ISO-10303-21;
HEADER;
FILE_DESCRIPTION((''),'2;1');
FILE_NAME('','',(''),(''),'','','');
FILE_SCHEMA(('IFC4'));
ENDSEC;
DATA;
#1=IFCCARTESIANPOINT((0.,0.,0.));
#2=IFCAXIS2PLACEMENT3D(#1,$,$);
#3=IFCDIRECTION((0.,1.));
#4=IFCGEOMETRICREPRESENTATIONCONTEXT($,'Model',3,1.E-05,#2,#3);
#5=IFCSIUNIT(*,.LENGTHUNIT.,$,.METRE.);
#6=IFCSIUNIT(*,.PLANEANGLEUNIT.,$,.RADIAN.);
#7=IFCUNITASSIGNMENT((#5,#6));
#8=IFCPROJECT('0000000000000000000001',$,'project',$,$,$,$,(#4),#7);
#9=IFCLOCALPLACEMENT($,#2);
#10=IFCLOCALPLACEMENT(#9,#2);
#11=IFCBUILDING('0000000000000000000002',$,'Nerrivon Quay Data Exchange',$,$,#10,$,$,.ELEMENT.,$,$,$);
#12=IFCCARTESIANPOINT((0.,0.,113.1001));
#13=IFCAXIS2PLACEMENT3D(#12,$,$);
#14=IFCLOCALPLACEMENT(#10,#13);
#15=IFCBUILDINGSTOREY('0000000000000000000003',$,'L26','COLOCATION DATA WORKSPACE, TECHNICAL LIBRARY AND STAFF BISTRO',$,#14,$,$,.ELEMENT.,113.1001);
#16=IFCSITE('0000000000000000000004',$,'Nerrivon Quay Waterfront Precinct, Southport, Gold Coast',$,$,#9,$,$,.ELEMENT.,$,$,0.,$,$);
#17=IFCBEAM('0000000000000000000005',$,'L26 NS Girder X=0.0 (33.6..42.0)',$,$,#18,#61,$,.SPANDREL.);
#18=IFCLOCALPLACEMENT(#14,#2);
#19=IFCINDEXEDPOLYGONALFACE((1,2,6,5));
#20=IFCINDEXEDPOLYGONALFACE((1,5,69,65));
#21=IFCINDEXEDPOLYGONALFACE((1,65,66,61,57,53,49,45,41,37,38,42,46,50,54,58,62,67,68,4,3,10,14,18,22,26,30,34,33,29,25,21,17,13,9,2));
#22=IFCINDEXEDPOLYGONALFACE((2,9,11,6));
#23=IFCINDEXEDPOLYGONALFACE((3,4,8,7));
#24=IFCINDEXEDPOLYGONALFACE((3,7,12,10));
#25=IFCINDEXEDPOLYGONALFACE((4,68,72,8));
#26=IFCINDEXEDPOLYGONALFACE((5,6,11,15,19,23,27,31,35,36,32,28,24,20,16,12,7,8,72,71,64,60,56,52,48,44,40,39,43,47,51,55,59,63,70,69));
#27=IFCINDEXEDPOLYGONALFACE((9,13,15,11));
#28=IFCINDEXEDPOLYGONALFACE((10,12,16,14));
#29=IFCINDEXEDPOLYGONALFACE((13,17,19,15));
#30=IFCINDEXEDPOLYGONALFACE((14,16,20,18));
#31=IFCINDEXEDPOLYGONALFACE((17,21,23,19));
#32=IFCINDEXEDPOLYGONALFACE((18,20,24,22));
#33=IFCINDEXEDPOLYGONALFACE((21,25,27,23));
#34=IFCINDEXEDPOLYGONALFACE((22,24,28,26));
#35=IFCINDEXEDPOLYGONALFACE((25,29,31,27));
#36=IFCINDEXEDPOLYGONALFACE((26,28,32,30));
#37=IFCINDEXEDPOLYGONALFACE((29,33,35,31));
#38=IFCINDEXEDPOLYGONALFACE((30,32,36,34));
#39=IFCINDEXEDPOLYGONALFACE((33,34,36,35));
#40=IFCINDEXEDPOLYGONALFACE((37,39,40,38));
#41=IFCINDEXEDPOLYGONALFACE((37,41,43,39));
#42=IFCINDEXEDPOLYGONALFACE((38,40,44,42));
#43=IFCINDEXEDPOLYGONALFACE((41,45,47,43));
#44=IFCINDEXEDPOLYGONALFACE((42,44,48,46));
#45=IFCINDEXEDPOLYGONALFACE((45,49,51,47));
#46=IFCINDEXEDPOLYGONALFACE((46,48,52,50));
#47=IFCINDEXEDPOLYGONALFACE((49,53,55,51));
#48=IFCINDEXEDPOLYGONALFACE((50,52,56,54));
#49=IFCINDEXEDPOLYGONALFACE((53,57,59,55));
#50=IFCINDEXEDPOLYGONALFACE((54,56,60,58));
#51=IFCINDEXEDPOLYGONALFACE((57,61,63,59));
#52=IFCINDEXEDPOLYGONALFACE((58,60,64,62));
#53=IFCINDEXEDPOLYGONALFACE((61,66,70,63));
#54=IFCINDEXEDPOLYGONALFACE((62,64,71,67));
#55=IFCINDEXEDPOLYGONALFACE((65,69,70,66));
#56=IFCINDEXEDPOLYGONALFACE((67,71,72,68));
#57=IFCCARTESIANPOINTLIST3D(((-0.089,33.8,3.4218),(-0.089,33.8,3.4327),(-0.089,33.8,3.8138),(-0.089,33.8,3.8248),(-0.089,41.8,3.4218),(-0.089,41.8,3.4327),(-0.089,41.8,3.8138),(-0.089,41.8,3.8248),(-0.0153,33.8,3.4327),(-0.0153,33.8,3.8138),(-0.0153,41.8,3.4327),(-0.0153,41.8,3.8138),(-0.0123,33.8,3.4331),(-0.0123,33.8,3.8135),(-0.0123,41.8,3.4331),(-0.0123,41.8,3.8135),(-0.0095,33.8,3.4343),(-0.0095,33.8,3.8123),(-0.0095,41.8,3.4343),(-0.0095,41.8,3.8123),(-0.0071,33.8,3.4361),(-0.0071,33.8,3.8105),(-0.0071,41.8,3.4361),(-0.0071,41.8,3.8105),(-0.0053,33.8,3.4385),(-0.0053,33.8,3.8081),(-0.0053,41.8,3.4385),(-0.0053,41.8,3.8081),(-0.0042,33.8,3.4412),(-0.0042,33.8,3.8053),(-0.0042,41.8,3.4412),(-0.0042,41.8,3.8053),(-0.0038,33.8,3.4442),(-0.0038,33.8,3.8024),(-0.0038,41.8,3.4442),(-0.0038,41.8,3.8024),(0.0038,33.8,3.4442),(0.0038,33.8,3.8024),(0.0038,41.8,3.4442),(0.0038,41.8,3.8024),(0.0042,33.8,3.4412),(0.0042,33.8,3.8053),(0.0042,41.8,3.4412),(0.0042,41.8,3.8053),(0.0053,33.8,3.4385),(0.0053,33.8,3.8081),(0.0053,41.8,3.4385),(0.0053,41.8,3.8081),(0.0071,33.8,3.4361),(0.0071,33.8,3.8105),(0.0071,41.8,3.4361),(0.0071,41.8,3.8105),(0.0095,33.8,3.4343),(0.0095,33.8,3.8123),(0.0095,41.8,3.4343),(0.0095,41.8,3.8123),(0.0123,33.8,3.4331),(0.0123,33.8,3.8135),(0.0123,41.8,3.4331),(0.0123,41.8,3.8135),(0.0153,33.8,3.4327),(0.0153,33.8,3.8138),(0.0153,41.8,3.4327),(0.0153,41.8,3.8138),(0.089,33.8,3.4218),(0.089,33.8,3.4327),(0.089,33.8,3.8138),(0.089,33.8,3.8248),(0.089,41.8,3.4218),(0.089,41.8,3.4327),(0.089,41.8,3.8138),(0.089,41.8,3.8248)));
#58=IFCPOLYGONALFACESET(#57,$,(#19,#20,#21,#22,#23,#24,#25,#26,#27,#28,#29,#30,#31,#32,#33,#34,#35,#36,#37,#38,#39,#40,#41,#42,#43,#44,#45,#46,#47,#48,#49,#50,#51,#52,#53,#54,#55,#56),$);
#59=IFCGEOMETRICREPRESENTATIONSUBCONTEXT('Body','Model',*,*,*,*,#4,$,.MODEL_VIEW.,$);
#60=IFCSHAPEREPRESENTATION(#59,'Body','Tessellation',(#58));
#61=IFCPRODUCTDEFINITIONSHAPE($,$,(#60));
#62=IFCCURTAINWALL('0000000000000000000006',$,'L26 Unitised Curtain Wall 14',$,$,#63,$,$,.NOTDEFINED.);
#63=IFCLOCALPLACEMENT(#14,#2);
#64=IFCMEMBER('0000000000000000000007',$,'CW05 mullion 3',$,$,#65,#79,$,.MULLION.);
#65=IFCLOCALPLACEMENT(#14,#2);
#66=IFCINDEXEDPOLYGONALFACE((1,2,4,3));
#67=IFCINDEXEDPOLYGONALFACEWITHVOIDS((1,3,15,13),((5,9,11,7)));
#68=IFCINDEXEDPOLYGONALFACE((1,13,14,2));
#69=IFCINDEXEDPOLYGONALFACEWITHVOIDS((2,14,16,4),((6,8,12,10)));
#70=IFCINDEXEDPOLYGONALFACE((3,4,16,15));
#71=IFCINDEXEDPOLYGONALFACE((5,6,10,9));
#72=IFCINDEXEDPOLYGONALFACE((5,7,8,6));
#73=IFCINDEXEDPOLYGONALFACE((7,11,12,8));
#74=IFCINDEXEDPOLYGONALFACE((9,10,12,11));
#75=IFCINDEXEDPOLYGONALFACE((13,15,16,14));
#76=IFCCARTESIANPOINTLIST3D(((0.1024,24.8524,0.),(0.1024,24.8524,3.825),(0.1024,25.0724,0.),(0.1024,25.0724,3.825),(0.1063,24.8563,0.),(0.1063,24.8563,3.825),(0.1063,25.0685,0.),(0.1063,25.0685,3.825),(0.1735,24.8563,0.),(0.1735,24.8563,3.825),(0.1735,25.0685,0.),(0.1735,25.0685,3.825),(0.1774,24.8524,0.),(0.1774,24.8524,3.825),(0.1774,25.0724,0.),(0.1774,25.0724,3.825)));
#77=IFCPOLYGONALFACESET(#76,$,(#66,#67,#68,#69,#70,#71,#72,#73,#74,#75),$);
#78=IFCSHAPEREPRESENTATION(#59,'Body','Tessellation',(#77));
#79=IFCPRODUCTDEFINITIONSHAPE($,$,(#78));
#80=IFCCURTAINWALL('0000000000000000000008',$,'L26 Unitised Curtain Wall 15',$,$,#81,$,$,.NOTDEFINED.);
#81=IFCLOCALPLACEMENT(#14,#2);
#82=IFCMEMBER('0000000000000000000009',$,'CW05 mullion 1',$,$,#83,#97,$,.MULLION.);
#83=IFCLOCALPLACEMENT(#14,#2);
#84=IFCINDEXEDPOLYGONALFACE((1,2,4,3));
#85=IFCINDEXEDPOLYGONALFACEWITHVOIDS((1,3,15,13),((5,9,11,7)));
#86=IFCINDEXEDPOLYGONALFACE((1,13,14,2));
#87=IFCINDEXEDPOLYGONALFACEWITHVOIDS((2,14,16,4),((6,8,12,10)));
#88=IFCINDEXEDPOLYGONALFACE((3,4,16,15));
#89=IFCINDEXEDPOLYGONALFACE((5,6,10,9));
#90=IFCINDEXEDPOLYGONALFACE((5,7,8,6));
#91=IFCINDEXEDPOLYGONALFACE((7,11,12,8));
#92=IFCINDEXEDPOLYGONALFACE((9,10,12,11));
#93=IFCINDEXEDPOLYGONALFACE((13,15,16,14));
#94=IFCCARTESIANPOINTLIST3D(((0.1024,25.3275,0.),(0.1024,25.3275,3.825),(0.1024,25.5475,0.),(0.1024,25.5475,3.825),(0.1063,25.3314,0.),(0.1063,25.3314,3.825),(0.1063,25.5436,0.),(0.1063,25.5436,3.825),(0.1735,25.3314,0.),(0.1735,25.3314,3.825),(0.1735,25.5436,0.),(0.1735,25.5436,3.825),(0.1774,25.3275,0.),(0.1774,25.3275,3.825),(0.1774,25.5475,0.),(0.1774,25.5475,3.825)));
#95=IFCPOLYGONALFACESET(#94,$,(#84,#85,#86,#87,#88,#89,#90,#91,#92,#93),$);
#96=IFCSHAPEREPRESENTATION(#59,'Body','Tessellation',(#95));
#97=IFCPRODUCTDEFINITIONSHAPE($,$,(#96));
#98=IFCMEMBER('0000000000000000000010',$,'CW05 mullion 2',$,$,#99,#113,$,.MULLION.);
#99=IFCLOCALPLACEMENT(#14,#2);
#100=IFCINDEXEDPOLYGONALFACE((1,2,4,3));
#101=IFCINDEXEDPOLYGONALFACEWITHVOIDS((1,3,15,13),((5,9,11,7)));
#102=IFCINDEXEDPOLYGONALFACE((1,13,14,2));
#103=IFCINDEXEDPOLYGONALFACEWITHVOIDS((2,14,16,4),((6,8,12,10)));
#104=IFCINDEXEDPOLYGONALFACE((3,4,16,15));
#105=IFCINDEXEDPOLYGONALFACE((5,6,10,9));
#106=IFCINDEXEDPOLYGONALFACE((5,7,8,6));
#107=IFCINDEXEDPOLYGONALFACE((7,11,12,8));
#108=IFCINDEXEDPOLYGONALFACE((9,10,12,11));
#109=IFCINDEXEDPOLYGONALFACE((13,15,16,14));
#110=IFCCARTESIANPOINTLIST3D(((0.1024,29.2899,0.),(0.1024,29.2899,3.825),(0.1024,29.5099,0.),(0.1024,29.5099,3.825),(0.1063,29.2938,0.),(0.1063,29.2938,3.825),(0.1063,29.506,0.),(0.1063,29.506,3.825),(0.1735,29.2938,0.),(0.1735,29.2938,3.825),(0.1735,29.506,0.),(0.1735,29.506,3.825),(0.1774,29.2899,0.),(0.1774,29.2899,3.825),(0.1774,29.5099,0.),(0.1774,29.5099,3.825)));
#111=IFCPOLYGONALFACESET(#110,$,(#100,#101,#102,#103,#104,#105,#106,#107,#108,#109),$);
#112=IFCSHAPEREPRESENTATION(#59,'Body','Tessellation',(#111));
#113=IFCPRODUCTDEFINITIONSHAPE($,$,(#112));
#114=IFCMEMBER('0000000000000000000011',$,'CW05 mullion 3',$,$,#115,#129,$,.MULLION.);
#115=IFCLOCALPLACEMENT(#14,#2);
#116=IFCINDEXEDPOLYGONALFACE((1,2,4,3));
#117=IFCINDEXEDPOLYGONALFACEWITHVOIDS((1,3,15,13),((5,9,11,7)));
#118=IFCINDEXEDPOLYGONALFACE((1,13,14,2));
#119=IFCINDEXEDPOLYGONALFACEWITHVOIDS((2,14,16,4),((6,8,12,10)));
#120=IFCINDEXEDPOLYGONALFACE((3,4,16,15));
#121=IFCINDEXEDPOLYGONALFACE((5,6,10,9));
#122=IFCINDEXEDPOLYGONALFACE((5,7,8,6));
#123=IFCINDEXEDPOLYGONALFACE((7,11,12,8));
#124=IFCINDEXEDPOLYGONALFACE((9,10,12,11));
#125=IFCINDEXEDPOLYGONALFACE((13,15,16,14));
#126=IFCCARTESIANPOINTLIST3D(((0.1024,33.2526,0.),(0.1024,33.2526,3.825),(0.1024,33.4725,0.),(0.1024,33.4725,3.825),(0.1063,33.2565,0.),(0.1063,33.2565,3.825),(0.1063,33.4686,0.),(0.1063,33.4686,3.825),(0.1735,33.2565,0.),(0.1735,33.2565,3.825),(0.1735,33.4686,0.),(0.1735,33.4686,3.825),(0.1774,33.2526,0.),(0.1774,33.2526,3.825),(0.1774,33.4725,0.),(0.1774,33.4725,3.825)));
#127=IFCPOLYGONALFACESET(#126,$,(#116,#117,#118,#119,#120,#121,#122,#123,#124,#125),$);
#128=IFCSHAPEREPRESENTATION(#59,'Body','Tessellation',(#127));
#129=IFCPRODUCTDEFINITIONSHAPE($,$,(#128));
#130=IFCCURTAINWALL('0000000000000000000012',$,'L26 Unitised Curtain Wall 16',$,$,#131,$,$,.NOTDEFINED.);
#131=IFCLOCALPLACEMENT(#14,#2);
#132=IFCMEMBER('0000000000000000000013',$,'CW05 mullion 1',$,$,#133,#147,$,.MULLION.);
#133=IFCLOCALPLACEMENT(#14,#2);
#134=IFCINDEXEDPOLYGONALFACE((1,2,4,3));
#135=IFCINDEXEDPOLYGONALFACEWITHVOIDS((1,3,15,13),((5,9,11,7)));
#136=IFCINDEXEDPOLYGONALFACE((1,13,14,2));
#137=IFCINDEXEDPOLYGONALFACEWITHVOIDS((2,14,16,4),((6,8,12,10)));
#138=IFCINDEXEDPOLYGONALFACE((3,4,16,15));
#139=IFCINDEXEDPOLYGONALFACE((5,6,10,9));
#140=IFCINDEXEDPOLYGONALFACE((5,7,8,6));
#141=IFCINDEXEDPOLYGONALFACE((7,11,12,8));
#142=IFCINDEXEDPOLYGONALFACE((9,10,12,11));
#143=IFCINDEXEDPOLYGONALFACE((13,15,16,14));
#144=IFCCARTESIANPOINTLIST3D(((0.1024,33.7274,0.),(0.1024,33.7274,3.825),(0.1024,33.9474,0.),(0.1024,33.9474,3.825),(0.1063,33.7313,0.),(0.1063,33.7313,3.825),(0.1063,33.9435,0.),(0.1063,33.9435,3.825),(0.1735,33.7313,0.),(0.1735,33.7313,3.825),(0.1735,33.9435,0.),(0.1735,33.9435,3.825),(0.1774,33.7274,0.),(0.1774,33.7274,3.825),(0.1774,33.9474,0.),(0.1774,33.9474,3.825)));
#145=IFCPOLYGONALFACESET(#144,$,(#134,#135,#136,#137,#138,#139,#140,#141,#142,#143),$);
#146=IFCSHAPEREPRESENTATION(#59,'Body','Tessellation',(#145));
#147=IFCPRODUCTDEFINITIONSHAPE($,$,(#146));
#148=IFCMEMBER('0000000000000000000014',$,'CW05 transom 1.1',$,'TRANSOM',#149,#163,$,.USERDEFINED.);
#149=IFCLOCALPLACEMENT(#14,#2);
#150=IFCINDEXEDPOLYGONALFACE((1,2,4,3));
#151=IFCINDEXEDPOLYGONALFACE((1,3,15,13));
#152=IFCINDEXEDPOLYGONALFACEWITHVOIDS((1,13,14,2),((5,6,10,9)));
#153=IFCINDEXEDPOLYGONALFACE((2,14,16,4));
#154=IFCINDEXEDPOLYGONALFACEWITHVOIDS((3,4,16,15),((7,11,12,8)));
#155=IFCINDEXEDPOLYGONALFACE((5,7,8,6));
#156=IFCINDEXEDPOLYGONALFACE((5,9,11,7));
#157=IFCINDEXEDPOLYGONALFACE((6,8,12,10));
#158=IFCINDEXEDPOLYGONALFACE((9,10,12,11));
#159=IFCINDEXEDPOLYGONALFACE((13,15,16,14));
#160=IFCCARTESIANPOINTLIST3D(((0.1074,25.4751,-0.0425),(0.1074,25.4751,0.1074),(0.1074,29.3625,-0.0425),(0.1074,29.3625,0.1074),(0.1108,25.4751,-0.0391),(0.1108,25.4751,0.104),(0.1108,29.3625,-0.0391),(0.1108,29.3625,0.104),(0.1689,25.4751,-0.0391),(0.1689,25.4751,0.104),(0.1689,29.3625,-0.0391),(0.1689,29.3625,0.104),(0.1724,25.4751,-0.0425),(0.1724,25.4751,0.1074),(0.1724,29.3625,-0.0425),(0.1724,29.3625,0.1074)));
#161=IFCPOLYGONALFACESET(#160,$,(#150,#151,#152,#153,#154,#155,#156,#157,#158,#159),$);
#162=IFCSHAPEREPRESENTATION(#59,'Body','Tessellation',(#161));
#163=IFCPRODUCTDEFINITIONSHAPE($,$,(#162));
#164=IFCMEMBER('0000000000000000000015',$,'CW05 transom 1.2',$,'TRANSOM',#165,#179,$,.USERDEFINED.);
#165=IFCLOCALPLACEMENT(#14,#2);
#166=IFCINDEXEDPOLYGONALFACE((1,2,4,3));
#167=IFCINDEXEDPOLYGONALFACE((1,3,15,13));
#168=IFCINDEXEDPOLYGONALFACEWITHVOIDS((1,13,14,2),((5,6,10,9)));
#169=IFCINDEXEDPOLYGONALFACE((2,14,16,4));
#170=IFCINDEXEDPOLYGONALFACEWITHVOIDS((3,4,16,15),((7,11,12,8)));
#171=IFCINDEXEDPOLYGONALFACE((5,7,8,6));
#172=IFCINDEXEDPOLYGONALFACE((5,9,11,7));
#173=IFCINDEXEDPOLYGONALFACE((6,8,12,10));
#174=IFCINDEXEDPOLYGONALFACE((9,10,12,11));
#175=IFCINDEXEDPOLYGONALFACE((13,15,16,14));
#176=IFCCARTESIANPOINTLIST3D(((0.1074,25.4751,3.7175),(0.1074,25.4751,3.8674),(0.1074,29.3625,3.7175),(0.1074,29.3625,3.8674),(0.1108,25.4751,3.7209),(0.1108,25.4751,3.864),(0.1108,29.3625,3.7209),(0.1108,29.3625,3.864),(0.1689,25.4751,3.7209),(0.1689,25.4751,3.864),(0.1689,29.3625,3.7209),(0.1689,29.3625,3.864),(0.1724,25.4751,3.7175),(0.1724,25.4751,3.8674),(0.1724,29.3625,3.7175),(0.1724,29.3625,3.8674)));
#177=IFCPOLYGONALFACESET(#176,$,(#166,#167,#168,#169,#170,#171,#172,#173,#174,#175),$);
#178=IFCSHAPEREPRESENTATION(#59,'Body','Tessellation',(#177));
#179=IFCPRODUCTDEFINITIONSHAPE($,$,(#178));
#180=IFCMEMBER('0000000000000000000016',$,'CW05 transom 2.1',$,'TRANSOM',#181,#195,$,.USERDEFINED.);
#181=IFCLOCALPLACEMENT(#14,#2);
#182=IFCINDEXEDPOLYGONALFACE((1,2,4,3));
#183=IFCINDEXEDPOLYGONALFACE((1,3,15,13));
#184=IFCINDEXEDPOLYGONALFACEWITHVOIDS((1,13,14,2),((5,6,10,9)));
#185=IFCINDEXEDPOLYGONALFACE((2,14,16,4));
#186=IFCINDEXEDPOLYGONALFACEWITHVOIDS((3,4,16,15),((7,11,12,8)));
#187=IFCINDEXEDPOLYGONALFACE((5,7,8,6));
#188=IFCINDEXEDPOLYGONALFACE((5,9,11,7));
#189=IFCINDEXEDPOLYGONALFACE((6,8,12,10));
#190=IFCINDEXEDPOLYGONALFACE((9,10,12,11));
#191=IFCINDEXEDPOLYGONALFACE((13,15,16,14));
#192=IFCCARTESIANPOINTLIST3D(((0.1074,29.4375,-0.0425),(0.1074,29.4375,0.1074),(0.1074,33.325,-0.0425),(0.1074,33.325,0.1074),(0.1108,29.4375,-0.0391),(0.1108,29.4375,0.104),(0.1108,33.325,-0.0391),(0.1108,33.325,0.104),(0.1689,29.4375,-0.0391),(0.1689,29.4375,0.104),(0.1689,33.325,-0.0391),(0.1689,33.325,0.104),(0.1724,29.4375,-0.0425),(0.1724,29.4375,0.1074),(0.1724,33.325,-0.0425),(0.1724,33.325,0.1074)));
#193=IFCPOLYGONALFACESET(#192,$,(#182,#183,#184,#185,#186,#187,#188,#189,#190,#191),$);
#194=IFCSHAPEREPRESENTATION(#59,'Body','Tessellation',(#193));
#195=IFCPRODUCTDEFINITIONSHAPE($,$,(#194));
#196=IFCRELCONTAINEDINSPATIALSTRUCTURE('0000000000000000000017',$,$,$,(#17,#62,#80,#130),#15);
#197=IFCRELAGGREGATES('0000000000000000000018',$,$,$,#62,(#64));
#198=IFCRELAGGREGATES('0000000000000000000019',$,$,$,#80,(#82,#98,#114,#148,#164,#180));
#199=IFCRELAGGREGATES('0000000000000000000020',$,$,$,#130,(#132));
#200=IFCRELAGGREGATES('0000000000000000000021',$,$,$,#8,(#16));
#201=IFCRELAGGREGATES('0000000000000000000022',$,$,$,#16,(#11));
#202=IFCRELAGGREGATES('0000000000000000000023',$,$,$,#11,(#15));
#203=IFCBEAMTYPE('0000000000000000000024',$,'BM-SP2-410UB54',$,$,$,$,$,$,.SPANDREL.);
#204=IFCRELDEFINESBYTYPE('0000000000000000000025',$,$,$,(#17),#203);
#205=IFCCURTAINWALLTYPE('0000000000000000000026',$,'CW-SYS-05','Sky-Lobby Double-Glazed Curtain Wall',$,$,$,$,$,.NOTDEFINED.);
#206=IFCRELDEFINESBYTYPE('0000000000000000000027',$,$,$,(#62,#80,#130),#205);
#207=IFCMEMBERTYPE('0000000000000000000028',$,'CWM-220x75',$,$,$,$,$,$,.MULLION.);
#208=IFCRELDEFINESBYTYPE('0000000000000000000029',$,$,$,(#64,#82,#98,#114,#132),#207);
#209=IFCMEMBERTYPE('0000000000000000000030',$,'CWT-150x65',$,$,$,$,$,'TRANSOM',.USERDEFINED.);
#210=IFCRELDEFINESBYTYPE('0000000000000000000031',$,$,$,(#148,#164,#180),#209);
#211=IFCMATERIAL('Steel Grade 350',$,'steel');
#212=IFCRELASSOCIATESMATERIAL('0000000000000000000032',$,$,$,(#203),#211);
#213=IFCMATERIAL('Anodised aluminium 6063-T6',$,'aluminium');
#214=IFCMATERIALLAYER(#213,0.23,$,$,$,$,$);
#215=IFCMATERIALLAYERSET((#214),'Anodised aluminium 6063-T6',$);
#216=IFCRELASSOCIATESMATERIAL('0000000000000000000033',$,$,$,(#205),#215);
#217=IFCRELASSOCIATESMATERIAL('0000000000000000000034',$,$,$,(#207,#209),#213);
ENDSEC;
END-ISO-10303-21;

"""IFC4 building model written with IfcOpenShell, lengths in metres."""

from ifc_helpers import new_model, si_unit, direction, frame, origin, origin_2d, place, context, subcontext, project, spatial, hollow_rectangle, i_section, extrude, material, layer, layer_set, material_profile, profile_set, type_object, element, aggregate, save


model = new_model("IFC4")

# Units and contexts
model_context = context("Model", 3, precision=1e-05, world=origin(), true_north=direction((0.0, 1.0)))
body_context = subcontext(model_context, "Body", "Model", "MODEL_VIEW")
ifc_project = project(units=[si_unit("LENGTHUNIT", "METRE"), si_unit("PLANEANGLEUNIT", "RADIAN")], contexts=[model_context])

# Site, building, storey
site_placement = place(None, origin())
site = spatial("IfcSite", under=ifc_project, at=site_placement, Name="Nerrivon Quay Waterfront Precinct, Southport, Gold Coast", CompositionType="ELEMENT", RefElevation=0.0)
building_placement = place(site_placement, origin())
building = spatial("IfcBuilding", under=site, at=building_placement, Name="Nerrivon Quay Data Exchange", CompositionType="ELEMENT")
storey_placement = place(building_placement, frame((0.0, 0.0, 113.1001)))
storey = spatial("IfcBuildingStorey", under=building, at=storey_placement, Name="L26", Description="COLOCATION DATA WORKSPACE, TECHNICAL LIBRARY AND STAFF BISTRO", CompositionType="ELEMENT", Elevation=113.1001)

# Shared definitions
ifc_material_1 = material(Name="Steel Grade 350", Category="steel")

# Beam
ifc_material_profile_1 = material_profile(ifc_material_1, i_section(OverallWidth=0.178, OverallDepth=0.4031, WebThickness=0.0076, FlangeThickness=0.011, FilletRadius=0.0115, at=origin_2d()), Name="410UB53.7")
ifc_profile_set_1 = profile_set([ifc_material_profile_1], Name="Steel Grade 350")
beam_type_1 = type_object("IfcBeamType", Name="BM-SP2-410UB54", PredefinedType="SPANDREL", material=ifc_profile_set_1)
for number, where, z_axis, x_axis, name in (
    (1, (0.0, 33.8, 3.6233), (0.0, 1.0, 0.0), (-1.0, 0.0, 0.0), "L26 NS Girder X=0.0 (33.6..42.0)"),
):
    element("IfcBeam", number, at=place(storey_placement, frame(where, z_axis=z_axis, x_axis=x_axis)), inside=storey, type_object=beam_type_1, Name=name, PredefinedType="SPANDREL", context=body_context, shape_type="SweptSolid", body=[
        extrude(i_section(OverallWidth=0.178, OverallDepth=0.4031, WebThickness=0.0076, FlangeThickness=0.011, FilletRadius=0.0115, at=origin_2d()), origin(), (0.0, 0.0, 1.0), 8.0),
    ])

# Curtain wall, member
ifc_material_2 = material(Name="Anodised aluminium 6063-T6", Category="aluminium")
ifc_layer_1 = layer(ifc_material_2, 0.23)
ifc_layer_set_1 = layer_set([ifc_layer_1], Name="Anodised aluminium 6063-T6")
curtain_wall_type = type_object("IfcCurtainWallType", Name="CW-SYS-05", Description="Sky-Lobby Double-Glazed Curtain Wall", PredefinedType="NOTDEFINED", material=ifc_layer_set_1)
curtain_wall_1_placement = place(storey_placement, origin())
curtain_wall_1 = element("IfcCurtainWall", 2, at=curtain_wall_1_placement, inside=storey, type_object=curtain_wall_type, Name="L26 Unitised Curtain Wall 14", PredefinedType="NOTDEFINED")
ifc_material_profile_2 = material_profile(ifc_material_2, hollow_rectangle(XDim=0.075, YDim=0.22, WallThickness=0.0039, at=origin_2d()), Name="ALU-MULL-220x75")
ifc_profile_set_2 = profile_set([ifc_material_profile_2], Name="Anodised aluminium 6063-T6")
member_type_1 = type_object("IfcMemberType", Name="CWM-220x75", PredefinedType="MULLION", material=ifc_profile_set_2)
member_1_placement = place(storey_placement, frame((0.1399, 24.9624, 0.0), z_axis=(0.0, 0.0, 1.0), x_axis=(-1.0, 0.0, 0.0)))
member_1 = element("IfcMember", 3, at=member_1_placement, type_object=member_type_1, Name="CW05 mullion 3", PredefinedType="MULLION", context=body_context, shape_type="SweptSolid", body=[
    extrude(hollow_rectangle(XDim=0.075, YDim=0.22, WallThickness=0.0039, at=origin_2d()), origin(), (0.0, 0.0, 1.0), 3.825),
])
aggregate(curtain_wall_1, [member_1])

# Curtain wall, members
curtain_wall_2_placement = place(storey_placement, origin())
curtain_wall_2 = element("IfcCurtainWall", 4, at=curtain_wall_2_placement, inside=storey, type_object=curtain_wall_type, Name="L26 Unitised Curtain Wall 15", PredefinedType="NOTDEFINED")
member_2_placement = place(storey_placement, frame((0.1399, 25.4375, 0.0), z_axis=(0.0, 0.0, 1.0), x_axis=(-1.0, 0.0, 0.0)))
member_2 = element("IfcMember", 5, at=member_2_placement, type_object=member_type_1, Name="CW05 mullion 1", PredefinedType="MULLION", context=body_context, shape_type="SweptSolid", body=[
    extrude(hollow_rectangle(XDim=0.075, YDim=0.22, WallThickness=0.0039, at=origin_2d()), origin(), (0.0, 0.0, 1.0), 3.825),
])
member_3_placement = place(storey_placement, frame((0.1399, 29.3999, 0.0), z_axis=(0.0, 0.0, 1.0), x_axis=(-1.0, 0.0, 0.0)))
member_3 = element("IfcMember", 6, at=member_3_placement, type_object=member_type_1, Name="CW05 mullion 2", PredefinedType="MULLION", context=body_context, shape_type="SweptSolid", body=[
    extrude(hollow_rectangle(XDim=0.075, YDim=0.22, WallThickness=0.0039, at=origin_2d()), origin(), (0.0, 0.0, 1.0), 3.825),
])
member_4_placement = place(storey_placement, frame((0.1399, 33.3625, 0.0), z_axis=(0.0, 0.0, 1.0), x_axis=(-1.0, 0.0, 0.0)))
member_4 = element("IfcMember", 7, at=member_4_placement, type_object=member_type_1, Name="CW05 mullion 3", PredefinedType="MULLION", context=body_context, shape_type="SweptSolid", body=[
    extrude(hollow_rectangle(XDim=0.075, YDim=0.22, WallThickness=0.0039, at=origin_2d()), origin(), (0.0, 0.0, 1.0), 3.825),
])

# Curtain wall, member
curtain_wall_3_placement = place(storey_placement, origin())
curtain_wall_3 = element("IfcCurtainWall", 8, at=curtain_wall_3_placement, inside=storey, type_object=curtain_wall_type, Name="L26 Unitised Curtain Wall 16", PredefinedType="NOTDEFINED")
member_5_placement = place(storey_placement, frame((0.1399, 33.8374, 0.0), z_axis=(0.0, 0.0, 1.0), x_axis=(-1.0, 0.0, 0.0)))
member_5 = element("IfcMember", 9, at=member_5_placement, type_object=member_type_1, Name="CW05 mullion 1", PredefinedType="MULLION", context=body_context, shape_type="SweptSolid", body=[
    extrude(hollow_rectangle(XDim=0.075, YDim=0.22, WallThickness=0.0039, at=origin_2d()), origin(), (0.0, 0.0, 1.0), 3.825),
])

# Members
ifc_material_profile_3 = material_profile(ifc_material_2, hollow_rectangle(XDim=0.0649, YDim=0.1499, WallThickness=0.0034, at=origin_2d()), Name="ALU-TRAN-150x65")
ifc_profile_set_3 = profile_set([ifc_material_profile_3], Name="Anodised aluminium 6063-T6")
member_type_2 = type_object("IfcMemberType", Name="CWT-150x65", ElementType="TRANSOM", PredefinedType="USERDEFINED", material=ifc_profile_set_3)
member_6_placement = place(storey_placement, frame((0.1399, 25.4751, 0.0325), z_axis=(0.0, 1.0, 0.0), x_axis=(-1.0, 0.0, 0.0)))
member_6 = element("IfcMember", 10, at=member_6_placement, type_object=member_type_2, Name="CW05 transom 1.1", ObjectType="TRANSOM", PredefinedType="USERDEFINED", context=body_context, shape_type="SweptSolid", body=[
    extrude(hollow_rectangle(XDim=0.0649, YDim=0.1499, WallThickness=0.0034, at=origin_2d()), origin(), (0.0, 0.0, 1.0), 3.8875),
])
member_7_placement = place(storey_placement, frame((0.1399, 25.4751, 3.7925), z_axis=(0.0, 1.0, 0.0), x_axis=(-1.0, 0.0, 0.0)))
member_7 = element("IfcMember", 11, at=member_7_placement, type_object=member_type_2, Name="CW05 transom 1.2", ObjectType="TRANSOM", PredefinedType="USERDEFINED", context=body_context, shape_type="SweptSolid", body=[
    extrude(hollow_rectangle(XDim=0.0649, YDim=0.1499, WallThickness=0.0034, at=origin_2d()), origin(), (0.0, 0.0, 1.0), 3.8875),
])
member_8_placement = place(storey_placement, frame((0.1399, 29.4375, 0.0325), z_axis=(0.0, 1.0, 0.0), x_axis=(-1.0, 0.0, 0.0)))
member_8 = element("IfcMember", 12, at=member_8_placement, type_object=member_type_2, Name="CW05 transom 2.1", ObjectType="TRANSOM", PredefinedType="USERDEFINED", context=body_context, shape_type="SweptSolid", body=[
    extrude(hollow_rectangle(XDim=0.0649, YDim=0.1499, WallThickness=0.0034, at=origin_2d()), origin(), (0.0, 0.0, 1.0), 3.8875),
])

aggregate(curtain_wall_2, [member_2, member_3, member_4, member_6, member_7, member_8])
aggregate(curtain_wall_3, [member_5])

save(model, "model.ifc")
